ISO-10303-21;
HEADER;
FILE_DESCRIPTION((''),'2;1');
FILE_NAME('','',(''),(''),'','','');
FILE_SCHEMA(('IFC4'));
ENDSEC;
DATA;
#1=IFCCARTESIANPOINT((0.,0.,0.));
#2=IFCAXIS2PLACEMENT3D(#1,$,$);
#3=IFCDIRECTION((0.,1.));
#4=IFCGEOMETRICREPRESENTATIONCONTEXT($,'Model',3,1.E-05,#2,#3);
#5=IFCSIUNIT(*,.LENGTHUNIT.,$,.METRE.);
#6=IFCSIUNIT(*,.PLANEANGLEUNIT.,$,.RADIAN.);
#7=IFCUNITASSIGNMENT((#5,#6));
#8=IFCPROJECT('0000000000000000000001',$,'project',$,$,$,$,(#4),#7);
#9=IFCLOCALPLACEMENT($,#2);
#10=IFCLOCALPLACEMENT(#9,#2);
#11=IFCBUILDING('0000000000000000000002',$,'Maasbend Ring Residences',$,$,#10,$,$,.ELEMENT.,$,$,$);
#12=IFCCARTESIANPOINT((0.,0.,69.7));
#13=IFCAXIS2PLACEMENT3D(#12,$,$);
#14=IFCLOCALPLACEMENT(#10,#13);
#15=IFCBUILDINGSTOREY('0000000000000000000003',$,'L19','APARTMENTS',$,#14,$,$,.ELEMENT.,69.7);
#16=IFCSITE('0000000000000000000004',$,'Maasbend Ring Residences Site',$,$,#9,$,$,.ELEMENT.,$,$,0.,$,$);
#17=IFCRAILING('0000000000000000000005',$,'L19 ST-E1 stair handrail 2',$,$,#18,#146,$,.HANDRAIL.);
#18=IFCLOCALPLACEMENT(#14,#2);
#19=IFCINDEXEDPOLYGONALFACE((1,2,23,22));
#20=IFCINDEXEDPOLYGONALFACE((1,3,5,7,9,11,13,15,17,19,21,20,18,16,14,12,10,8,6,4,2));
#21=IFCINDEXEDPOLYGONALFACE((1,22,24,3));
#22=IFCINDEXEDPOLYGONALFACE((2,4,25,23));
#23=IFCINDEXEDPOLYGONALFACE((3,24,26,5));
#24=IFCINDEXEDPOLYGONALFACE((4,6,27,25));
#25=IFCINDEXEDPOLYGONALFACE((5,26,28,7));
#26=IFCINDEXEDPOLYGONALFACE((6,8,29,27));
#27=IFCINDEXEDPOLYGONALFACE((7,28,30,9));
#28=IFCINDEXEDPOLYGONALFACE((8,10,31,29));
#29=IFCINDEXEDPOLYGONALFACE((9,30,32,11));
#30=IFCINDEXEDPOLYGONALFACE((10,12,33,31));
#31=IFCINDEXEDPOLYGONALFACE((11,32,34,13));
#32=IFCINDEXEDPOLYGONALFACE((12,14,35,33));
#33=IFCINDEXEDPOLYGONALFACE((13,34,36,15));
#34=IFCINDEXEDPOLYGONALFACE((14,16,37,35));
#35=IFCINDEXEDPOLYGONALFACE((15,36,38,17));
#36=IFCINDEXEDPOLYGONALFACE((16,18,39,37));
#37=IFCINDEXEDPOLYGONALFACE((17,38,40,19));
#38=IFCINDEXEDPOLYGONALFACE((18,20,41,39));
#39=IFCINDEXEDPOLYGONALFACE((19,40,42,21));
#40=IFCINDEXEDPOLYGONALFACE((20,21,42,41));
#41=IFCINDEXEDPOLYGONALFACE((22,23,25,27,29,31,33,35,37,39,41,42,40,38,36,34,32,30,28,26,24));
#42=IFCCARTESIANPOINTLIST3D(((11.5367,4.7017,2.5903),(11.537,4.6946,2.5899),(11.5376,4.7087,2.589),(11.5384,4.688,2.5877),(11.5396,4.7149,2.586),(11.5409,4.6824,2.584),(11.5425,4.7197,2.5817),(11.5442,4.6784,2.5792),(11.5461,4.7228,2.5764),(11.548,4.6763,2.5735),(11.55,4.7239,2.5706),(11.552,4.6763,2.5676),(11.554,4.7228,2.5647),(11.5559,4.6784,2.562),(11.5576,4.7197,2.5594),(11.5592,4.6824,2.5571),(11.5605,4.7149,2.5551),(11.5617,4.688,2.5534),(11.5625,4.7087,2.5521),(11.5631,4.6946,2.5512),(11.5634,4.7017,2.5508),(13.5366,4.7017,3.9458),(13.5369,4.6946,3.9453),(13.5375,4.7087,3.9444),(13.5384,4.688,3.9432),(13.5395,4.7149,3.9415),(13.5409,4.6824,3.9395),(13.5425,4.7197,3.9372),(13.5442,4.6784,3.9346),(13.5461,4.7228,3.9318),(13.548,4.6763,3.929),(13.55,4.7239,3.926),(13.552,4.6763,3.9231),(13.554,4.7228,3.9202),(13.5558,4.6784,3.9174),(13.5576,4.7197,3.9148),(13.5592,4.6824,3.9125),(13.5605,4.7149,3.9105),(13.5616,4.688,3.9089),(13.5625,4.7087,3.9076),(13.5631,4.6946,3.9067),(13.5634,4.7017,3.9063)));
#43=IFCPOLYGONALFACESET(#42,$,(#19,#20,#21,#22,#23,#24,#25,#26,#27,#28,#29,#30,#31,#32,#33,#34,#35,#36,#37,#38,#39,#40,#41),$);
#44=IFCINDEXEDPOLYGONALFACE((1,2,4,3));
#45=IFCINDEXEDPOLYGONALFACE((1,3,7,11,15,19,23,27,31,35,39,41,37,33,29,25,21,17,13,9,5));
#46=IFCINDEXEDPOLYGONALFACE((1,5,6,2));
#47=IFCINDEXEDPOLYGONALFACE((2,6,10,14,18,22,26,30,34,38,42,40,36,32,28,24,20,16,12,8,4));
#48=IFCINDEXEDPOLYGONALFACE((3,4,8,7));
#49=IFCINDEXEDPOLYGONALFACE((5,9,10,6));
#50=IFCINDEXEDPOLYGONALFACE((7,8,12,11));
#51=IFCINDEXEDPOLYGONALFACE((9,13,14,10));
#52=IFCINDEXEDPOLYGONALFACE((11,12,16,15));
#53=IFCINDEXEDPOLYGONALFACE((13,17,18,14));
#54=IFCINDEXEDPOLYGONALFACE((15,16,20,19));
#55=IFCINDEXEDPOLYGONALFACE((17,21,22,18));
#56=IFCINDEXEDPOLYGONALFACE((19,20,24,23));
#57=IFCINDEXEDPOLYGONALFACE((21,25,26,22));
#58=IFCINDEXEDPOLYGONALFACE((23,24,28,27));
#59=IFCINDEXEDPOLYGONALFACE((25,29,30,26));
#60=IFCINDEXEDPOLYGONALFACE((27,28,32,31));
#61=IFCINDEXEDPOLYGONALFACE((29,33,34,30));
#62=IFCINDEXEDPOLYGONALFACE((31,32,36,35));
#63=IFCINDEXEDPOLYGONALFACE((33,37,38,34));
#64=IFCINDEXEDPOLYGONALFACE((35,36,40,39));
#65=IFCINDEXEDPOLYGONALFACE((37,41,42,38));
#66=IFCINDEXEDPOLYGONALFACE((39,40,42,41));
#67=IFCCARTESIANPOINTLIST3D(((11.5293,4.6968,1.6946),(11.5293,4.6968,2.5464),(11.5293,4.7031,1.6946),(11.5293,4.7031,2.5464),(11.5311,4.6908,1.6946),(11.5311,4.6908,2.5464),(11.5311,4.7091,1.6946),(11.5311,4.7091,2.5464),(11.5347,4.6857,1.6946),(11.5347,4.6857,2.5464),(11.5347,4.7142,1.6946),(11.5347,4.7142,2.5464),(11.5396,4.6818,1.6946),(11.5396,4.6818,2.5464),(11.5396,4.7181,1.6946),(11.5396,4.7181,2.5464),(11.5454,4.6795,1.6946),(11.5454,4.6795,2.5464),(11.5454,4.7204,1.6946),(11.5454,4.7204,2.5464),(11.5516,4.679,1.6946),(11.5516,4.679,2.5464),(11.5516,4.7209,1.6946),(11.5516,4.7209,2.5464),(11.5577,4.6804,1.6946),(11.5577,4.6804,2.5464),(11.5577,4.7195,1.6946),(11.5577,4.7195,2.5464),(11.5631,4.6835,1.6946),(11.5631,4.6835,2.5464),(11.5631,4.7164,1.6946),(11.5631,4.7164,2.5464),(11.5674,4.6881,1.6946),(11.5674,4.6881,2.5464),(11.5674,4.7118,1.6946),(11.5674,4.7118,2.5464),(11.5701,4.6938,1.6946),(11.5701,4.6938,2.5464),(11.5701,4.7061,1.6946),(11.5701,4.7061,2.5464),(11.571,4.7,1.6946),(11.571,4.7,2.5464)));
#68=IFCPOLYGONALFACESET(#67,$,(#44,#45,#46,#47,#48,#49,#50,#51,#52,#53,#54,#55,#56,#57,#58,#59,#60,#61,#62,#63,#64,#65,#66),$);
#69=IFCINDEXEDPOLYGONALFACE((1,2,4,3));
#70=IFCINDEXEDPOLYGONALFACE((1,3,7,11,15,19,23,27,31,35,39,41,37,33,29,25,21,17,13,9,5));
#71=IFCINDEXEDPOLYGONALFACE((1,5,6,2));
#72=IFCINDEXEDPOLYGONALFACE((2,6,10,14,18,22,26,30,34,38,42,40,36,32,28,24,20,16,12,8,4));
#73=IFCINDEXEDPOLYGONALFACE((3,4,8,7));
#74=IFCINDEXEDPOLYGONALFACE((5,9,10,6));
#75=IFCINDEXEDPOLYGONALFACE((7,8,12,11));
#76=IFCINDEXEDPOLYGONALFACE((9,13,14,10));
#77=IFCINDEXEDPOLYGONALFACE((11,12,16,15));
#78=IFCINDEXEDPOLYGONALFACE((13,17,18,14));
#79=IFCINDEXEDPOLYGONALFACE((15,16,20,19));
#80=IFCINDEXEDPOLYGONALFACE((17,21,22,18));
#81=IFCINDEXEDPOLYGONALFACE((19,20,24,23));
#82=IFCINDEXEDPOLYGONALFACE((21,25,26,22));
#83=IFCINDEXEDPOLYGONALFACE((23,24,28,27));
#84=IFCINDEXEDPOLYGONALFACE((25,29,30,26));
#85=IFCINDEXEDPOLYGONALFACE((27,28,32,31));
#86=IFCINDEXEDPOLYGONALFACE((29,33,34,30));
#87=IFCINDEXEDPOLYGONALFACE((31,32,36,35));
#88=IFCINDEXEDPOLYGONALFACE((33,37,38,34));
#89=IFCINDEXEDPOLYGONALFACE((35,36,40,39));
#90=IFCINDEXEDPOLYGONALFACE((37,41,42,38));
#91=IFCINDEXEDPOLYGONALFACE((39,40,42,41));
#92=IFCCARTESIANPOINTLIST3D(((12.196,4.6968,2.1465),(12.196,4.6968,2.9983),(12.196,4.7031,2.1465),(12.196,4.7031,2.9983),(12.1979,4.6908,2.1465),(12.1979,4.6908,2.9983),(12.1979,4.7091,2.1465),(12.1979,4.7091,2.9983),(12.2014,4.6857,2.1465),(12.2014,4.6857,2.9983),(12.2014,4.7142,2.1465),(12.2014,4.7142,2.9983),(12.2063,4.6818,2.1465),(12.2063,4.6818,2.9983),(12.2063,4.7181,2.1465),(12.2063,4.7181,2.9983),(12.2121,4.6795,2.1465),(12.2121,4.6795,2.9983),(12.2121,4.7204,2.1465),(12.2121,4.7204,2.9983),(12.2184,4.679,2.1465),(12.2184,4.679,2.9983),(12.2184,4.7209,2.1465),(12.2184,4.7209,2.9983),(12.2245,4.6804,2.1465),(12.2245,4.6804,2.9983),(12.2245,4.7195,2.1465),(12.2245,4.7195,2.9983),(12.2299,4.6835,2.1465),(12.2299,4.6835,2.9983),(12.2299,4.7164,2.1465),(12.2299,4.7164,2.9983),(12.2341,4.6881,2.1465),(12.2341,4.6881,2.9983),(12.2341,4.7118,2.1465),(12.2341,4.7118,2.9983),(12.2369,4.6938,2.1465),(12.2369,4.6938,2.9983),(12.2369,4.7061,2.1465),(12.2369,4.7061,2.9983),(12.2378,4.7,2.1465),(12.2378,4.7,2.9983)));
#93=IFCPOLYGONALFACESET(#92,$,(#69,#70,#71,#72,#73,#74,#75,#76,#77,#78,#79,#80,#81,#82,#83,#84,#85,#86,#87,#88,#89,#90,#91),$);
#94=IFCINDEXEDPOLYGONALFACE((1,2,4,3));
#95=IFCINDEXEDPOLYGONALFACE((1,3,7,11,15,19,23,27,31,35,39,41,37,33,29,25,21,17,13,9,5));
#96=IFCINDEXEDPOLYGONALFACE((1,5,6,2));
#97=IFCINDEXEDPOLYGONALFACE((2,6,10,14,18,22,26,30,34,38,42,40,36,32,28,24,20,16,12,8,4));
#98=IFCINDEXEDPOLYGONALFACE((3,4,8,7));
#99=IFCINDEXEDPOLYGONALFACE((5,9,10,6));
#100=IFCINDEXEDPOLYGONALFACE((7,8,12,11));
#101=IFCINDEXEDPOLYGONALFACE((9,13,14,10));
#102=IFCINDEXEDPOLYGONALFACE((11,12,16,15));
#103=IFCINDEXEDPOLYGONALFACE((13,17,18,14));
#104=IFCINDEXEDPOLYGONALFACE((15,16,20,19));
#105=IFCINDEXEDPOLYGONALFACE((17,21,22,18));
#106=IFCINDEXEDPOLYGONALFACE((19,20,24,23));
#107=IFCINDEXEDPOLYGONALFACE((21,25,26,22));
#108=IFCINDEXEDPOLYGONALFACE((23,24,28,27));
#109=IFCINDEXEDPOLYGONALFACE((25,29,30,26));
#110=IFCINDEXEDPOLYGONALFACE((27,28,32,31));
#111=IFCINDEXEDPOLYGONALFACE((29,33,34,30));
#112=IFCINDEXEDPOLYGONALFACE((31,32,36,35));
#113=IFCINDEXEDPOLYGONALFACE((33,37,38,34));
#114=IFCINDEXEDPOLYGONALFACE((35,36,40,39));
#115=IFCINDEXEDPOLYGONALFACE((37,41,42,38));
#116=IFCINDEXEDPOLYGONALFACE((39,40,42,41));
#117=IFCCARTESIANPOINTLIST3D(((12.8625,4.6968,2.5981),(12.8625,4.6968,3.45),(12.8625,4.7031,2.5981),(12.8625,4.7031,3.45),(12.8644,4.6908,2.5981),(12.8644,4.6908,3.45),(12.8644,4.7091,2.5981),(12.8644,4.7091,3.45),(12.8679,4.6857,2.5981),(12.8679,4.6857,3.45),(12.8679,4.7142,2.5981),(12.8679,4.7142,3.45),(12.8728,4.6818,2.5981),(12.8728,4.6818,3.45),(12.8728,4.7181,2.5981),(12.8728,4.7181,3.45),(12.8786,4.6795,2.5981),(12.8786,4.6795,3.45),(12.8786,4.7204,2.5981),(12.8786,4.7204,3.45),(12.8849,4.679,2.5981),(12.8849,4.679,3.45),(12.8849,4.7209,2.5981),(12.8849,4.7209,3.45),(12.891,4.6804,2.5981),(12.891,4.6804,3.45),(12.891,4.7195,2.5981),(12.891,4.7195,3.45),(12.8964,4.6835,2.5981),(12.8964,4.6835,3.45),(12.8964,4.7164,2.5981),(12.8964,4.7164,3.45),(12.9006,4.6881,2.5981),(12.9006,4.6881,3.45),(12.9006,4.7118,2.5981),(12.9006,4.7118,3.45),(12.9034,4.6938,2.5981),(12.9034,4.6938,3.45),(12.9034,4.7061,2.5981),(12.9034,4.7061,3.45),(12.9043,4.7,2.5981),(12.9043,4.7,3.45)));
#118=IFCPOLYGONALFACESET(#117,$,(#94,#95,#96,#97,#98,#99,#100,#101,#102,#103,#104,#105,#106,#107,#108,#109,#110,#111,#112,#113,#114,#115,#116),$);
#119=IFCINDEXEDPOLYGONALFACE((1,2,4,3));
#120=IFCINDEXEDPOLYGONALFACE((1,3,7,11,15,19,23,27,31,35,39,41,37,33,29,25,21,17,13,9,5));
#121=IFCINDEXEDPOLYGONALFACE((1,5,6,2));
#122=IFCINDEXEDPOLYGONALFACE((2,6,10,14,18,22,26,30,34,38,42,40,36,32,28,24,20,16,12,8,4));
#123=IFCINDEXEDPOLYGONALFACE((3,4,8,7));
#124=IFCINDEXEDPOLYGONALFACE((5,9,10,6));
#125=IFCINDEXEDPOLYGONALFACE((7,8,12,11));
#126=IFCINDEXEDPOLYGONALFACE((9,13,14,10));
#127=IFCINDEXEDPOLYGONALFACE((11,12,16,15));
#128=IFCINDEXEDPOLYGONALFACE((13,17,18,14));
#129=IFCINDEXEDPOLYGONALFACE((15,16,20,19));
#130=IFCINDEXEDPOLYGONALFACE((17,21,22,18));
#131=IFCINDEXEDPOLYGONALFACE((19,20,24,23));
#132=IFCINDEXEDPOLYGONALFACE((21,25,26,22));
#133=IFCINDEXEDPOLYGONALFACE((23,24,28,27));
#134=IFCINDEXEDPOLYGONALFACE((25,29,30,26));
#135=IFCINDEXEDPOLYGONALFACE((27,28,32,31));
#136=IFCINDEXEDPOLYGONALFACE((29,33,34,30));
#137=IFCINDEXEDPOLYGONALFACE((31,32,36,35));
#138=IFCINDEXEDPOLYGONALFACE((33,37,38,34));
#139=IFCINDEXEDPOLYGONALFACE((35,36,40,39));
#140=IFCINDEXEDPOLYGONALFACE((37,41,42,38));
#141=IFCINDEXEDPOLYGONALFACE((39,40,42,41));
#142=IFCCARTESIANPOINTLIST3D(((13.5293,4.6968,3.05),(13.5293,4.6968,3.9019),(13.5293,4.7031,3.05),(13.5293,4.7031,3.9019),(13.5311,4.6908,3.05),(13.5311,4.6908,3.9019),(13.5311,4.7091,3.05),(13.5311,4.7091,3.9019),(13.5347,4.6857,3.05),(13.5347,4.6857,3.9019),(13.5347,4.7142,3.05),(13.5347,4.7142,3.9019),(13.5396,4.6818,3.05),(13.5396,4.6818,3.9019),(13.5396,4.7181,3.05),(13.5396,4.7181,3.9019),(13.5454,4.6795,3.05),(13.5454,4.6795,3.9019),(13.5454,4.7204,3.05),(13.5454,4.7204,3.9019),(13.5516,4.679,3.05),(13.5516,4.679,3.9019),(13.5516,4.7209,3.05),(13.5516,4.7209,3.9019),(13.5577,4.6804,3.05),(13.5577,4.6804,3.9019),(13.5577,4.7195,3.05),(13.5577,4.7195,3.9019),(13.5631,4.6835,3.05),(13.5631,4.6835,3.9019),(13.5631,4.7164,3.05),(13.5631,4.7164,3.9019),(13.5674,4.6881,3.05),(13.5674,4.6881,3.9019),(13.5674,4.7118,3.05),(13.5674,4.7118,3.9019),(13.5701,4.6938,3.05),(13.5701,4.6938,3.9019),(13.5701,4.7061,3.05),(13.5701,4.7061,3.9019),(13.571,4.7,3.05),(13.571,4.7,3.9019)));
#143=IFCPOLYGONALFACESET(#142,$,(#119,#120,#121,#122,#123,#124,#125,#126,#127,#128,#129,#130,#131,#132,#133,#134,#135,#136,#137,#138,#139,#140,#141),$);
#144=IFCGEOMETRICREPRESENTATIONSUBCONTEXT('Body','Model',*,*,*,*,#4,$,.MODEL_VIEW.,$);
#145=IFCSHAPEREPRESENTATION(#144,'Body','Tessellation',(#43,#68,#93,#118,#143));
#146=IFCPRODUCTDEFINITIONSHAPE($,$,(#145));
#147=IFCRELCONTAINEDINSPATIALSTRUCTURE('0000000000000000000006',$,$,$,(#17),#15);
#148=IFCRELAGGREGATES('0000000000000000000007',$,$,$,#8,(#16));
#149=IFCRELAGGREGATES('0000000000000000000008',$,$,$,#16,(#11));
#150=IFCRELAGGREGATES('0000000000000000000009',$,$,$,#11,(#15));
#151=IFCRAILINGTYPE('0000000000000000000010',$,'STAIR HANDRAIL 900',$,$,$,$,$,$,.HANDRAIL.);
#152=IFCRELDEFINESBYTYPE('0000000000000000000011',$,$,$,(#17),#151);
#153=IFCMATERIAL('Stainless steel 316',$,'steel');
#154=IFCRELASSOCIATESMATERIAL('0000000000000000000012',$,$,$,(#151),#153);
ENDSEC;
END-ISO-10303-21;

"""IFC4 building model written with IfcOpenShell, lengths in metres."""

from ifc_helpers import new_model, si_unit, direction, frame, origin, origin_2d, place, context, subcontext, project, spatial, circle, extrude, material, type_object, element, save


model = new_model("IFC4")

# Units and contexts
model_context = context("Model", 3, precision=1e-05, world=origin(), true_north=direction((0.0, 1.0)))
body_context = subcontext(model_context, "Body", "Model", "MODEL_VIEW")
ifc_project = project(units=[si_unit("LENGTHUNIT", "METRE"), si_unit("PLANEANGLEUNIT", "RADIAN")], contexts=[model_context])

# Site, building, storey
site_placement = place(None, origin())
site = spatial("IfcSite", under=ifc_project, at=site_placement, Name="Maasbend Ring Residences Site", CompositionType="ELEMENT", RefElevation=0.0)
building_placement = place(site_placement, origin())
building = spatial("IfcBuilding", under=site, at=building_placement, Name="Maasbend Ring Residences", CompositionType="ELEMENT")
storey_placement = place(building_placement, frame((0.0, 0.0, 69.7)))
storey = spatial("IfcBuildingStorey", under=building, at=storey_placement, Name="L19", Description="APARTMENTS", CompositionType="ELEMENT", Elevation=69.7)

# Railing
ifc_material_1 = material(Name="Stainless steel 316", Category="steel")
railing_type_1 = type_object("IfcRailingType", Name="STAIR HANDRAIL 900", PredefinedType="HANDRAIL", material=ifc_material_1)
railing_1_placement = place(storey_placement, frame((11.55, 4.7, 1.6946)))
element("IfcRailing", 1, at=railing_1_placement, inside=storey, type_object=railing_type_1, Name="L19 ST-E1 stair handrail 2", PredefinedType="HANDRAIL", context=body_context, shape_type="SweptSolid", body=[
    extrude(circle(Radius=0.0239, at=origin_2d()), frame((0.0, 0.0, 0.876), z_axis=(0.827798, 0.0, 0.561027), x_axis=(0.0, 1.0, 0.0)), (0.0, 0.0, 1.0), 2.416),
    extrude(circle(Radius=0.021, at=origin_2d()), origin(), (0.0, 0.0, 1.0), 0.8518),
    extrude(circle(Radius=0.021, at=origin_2d()), frame((0.6667, 0.0, 0.4519)), (0.0, 0.0, 1.0), 0.8518),
    extrude(circle(Radius=0.021, at=origin_2d()), frame((1.3333, 0.0, 0.9036)), (0.0, 0.0, 1.0), 0.8518),
    extrude(circle(Radius=0.021, at=origin_2d()), frame((2.0, 0.0, 1.3555)), (0.0, 0.0, 1.0), 0.8518),
])

save(model, "model.ifc")
